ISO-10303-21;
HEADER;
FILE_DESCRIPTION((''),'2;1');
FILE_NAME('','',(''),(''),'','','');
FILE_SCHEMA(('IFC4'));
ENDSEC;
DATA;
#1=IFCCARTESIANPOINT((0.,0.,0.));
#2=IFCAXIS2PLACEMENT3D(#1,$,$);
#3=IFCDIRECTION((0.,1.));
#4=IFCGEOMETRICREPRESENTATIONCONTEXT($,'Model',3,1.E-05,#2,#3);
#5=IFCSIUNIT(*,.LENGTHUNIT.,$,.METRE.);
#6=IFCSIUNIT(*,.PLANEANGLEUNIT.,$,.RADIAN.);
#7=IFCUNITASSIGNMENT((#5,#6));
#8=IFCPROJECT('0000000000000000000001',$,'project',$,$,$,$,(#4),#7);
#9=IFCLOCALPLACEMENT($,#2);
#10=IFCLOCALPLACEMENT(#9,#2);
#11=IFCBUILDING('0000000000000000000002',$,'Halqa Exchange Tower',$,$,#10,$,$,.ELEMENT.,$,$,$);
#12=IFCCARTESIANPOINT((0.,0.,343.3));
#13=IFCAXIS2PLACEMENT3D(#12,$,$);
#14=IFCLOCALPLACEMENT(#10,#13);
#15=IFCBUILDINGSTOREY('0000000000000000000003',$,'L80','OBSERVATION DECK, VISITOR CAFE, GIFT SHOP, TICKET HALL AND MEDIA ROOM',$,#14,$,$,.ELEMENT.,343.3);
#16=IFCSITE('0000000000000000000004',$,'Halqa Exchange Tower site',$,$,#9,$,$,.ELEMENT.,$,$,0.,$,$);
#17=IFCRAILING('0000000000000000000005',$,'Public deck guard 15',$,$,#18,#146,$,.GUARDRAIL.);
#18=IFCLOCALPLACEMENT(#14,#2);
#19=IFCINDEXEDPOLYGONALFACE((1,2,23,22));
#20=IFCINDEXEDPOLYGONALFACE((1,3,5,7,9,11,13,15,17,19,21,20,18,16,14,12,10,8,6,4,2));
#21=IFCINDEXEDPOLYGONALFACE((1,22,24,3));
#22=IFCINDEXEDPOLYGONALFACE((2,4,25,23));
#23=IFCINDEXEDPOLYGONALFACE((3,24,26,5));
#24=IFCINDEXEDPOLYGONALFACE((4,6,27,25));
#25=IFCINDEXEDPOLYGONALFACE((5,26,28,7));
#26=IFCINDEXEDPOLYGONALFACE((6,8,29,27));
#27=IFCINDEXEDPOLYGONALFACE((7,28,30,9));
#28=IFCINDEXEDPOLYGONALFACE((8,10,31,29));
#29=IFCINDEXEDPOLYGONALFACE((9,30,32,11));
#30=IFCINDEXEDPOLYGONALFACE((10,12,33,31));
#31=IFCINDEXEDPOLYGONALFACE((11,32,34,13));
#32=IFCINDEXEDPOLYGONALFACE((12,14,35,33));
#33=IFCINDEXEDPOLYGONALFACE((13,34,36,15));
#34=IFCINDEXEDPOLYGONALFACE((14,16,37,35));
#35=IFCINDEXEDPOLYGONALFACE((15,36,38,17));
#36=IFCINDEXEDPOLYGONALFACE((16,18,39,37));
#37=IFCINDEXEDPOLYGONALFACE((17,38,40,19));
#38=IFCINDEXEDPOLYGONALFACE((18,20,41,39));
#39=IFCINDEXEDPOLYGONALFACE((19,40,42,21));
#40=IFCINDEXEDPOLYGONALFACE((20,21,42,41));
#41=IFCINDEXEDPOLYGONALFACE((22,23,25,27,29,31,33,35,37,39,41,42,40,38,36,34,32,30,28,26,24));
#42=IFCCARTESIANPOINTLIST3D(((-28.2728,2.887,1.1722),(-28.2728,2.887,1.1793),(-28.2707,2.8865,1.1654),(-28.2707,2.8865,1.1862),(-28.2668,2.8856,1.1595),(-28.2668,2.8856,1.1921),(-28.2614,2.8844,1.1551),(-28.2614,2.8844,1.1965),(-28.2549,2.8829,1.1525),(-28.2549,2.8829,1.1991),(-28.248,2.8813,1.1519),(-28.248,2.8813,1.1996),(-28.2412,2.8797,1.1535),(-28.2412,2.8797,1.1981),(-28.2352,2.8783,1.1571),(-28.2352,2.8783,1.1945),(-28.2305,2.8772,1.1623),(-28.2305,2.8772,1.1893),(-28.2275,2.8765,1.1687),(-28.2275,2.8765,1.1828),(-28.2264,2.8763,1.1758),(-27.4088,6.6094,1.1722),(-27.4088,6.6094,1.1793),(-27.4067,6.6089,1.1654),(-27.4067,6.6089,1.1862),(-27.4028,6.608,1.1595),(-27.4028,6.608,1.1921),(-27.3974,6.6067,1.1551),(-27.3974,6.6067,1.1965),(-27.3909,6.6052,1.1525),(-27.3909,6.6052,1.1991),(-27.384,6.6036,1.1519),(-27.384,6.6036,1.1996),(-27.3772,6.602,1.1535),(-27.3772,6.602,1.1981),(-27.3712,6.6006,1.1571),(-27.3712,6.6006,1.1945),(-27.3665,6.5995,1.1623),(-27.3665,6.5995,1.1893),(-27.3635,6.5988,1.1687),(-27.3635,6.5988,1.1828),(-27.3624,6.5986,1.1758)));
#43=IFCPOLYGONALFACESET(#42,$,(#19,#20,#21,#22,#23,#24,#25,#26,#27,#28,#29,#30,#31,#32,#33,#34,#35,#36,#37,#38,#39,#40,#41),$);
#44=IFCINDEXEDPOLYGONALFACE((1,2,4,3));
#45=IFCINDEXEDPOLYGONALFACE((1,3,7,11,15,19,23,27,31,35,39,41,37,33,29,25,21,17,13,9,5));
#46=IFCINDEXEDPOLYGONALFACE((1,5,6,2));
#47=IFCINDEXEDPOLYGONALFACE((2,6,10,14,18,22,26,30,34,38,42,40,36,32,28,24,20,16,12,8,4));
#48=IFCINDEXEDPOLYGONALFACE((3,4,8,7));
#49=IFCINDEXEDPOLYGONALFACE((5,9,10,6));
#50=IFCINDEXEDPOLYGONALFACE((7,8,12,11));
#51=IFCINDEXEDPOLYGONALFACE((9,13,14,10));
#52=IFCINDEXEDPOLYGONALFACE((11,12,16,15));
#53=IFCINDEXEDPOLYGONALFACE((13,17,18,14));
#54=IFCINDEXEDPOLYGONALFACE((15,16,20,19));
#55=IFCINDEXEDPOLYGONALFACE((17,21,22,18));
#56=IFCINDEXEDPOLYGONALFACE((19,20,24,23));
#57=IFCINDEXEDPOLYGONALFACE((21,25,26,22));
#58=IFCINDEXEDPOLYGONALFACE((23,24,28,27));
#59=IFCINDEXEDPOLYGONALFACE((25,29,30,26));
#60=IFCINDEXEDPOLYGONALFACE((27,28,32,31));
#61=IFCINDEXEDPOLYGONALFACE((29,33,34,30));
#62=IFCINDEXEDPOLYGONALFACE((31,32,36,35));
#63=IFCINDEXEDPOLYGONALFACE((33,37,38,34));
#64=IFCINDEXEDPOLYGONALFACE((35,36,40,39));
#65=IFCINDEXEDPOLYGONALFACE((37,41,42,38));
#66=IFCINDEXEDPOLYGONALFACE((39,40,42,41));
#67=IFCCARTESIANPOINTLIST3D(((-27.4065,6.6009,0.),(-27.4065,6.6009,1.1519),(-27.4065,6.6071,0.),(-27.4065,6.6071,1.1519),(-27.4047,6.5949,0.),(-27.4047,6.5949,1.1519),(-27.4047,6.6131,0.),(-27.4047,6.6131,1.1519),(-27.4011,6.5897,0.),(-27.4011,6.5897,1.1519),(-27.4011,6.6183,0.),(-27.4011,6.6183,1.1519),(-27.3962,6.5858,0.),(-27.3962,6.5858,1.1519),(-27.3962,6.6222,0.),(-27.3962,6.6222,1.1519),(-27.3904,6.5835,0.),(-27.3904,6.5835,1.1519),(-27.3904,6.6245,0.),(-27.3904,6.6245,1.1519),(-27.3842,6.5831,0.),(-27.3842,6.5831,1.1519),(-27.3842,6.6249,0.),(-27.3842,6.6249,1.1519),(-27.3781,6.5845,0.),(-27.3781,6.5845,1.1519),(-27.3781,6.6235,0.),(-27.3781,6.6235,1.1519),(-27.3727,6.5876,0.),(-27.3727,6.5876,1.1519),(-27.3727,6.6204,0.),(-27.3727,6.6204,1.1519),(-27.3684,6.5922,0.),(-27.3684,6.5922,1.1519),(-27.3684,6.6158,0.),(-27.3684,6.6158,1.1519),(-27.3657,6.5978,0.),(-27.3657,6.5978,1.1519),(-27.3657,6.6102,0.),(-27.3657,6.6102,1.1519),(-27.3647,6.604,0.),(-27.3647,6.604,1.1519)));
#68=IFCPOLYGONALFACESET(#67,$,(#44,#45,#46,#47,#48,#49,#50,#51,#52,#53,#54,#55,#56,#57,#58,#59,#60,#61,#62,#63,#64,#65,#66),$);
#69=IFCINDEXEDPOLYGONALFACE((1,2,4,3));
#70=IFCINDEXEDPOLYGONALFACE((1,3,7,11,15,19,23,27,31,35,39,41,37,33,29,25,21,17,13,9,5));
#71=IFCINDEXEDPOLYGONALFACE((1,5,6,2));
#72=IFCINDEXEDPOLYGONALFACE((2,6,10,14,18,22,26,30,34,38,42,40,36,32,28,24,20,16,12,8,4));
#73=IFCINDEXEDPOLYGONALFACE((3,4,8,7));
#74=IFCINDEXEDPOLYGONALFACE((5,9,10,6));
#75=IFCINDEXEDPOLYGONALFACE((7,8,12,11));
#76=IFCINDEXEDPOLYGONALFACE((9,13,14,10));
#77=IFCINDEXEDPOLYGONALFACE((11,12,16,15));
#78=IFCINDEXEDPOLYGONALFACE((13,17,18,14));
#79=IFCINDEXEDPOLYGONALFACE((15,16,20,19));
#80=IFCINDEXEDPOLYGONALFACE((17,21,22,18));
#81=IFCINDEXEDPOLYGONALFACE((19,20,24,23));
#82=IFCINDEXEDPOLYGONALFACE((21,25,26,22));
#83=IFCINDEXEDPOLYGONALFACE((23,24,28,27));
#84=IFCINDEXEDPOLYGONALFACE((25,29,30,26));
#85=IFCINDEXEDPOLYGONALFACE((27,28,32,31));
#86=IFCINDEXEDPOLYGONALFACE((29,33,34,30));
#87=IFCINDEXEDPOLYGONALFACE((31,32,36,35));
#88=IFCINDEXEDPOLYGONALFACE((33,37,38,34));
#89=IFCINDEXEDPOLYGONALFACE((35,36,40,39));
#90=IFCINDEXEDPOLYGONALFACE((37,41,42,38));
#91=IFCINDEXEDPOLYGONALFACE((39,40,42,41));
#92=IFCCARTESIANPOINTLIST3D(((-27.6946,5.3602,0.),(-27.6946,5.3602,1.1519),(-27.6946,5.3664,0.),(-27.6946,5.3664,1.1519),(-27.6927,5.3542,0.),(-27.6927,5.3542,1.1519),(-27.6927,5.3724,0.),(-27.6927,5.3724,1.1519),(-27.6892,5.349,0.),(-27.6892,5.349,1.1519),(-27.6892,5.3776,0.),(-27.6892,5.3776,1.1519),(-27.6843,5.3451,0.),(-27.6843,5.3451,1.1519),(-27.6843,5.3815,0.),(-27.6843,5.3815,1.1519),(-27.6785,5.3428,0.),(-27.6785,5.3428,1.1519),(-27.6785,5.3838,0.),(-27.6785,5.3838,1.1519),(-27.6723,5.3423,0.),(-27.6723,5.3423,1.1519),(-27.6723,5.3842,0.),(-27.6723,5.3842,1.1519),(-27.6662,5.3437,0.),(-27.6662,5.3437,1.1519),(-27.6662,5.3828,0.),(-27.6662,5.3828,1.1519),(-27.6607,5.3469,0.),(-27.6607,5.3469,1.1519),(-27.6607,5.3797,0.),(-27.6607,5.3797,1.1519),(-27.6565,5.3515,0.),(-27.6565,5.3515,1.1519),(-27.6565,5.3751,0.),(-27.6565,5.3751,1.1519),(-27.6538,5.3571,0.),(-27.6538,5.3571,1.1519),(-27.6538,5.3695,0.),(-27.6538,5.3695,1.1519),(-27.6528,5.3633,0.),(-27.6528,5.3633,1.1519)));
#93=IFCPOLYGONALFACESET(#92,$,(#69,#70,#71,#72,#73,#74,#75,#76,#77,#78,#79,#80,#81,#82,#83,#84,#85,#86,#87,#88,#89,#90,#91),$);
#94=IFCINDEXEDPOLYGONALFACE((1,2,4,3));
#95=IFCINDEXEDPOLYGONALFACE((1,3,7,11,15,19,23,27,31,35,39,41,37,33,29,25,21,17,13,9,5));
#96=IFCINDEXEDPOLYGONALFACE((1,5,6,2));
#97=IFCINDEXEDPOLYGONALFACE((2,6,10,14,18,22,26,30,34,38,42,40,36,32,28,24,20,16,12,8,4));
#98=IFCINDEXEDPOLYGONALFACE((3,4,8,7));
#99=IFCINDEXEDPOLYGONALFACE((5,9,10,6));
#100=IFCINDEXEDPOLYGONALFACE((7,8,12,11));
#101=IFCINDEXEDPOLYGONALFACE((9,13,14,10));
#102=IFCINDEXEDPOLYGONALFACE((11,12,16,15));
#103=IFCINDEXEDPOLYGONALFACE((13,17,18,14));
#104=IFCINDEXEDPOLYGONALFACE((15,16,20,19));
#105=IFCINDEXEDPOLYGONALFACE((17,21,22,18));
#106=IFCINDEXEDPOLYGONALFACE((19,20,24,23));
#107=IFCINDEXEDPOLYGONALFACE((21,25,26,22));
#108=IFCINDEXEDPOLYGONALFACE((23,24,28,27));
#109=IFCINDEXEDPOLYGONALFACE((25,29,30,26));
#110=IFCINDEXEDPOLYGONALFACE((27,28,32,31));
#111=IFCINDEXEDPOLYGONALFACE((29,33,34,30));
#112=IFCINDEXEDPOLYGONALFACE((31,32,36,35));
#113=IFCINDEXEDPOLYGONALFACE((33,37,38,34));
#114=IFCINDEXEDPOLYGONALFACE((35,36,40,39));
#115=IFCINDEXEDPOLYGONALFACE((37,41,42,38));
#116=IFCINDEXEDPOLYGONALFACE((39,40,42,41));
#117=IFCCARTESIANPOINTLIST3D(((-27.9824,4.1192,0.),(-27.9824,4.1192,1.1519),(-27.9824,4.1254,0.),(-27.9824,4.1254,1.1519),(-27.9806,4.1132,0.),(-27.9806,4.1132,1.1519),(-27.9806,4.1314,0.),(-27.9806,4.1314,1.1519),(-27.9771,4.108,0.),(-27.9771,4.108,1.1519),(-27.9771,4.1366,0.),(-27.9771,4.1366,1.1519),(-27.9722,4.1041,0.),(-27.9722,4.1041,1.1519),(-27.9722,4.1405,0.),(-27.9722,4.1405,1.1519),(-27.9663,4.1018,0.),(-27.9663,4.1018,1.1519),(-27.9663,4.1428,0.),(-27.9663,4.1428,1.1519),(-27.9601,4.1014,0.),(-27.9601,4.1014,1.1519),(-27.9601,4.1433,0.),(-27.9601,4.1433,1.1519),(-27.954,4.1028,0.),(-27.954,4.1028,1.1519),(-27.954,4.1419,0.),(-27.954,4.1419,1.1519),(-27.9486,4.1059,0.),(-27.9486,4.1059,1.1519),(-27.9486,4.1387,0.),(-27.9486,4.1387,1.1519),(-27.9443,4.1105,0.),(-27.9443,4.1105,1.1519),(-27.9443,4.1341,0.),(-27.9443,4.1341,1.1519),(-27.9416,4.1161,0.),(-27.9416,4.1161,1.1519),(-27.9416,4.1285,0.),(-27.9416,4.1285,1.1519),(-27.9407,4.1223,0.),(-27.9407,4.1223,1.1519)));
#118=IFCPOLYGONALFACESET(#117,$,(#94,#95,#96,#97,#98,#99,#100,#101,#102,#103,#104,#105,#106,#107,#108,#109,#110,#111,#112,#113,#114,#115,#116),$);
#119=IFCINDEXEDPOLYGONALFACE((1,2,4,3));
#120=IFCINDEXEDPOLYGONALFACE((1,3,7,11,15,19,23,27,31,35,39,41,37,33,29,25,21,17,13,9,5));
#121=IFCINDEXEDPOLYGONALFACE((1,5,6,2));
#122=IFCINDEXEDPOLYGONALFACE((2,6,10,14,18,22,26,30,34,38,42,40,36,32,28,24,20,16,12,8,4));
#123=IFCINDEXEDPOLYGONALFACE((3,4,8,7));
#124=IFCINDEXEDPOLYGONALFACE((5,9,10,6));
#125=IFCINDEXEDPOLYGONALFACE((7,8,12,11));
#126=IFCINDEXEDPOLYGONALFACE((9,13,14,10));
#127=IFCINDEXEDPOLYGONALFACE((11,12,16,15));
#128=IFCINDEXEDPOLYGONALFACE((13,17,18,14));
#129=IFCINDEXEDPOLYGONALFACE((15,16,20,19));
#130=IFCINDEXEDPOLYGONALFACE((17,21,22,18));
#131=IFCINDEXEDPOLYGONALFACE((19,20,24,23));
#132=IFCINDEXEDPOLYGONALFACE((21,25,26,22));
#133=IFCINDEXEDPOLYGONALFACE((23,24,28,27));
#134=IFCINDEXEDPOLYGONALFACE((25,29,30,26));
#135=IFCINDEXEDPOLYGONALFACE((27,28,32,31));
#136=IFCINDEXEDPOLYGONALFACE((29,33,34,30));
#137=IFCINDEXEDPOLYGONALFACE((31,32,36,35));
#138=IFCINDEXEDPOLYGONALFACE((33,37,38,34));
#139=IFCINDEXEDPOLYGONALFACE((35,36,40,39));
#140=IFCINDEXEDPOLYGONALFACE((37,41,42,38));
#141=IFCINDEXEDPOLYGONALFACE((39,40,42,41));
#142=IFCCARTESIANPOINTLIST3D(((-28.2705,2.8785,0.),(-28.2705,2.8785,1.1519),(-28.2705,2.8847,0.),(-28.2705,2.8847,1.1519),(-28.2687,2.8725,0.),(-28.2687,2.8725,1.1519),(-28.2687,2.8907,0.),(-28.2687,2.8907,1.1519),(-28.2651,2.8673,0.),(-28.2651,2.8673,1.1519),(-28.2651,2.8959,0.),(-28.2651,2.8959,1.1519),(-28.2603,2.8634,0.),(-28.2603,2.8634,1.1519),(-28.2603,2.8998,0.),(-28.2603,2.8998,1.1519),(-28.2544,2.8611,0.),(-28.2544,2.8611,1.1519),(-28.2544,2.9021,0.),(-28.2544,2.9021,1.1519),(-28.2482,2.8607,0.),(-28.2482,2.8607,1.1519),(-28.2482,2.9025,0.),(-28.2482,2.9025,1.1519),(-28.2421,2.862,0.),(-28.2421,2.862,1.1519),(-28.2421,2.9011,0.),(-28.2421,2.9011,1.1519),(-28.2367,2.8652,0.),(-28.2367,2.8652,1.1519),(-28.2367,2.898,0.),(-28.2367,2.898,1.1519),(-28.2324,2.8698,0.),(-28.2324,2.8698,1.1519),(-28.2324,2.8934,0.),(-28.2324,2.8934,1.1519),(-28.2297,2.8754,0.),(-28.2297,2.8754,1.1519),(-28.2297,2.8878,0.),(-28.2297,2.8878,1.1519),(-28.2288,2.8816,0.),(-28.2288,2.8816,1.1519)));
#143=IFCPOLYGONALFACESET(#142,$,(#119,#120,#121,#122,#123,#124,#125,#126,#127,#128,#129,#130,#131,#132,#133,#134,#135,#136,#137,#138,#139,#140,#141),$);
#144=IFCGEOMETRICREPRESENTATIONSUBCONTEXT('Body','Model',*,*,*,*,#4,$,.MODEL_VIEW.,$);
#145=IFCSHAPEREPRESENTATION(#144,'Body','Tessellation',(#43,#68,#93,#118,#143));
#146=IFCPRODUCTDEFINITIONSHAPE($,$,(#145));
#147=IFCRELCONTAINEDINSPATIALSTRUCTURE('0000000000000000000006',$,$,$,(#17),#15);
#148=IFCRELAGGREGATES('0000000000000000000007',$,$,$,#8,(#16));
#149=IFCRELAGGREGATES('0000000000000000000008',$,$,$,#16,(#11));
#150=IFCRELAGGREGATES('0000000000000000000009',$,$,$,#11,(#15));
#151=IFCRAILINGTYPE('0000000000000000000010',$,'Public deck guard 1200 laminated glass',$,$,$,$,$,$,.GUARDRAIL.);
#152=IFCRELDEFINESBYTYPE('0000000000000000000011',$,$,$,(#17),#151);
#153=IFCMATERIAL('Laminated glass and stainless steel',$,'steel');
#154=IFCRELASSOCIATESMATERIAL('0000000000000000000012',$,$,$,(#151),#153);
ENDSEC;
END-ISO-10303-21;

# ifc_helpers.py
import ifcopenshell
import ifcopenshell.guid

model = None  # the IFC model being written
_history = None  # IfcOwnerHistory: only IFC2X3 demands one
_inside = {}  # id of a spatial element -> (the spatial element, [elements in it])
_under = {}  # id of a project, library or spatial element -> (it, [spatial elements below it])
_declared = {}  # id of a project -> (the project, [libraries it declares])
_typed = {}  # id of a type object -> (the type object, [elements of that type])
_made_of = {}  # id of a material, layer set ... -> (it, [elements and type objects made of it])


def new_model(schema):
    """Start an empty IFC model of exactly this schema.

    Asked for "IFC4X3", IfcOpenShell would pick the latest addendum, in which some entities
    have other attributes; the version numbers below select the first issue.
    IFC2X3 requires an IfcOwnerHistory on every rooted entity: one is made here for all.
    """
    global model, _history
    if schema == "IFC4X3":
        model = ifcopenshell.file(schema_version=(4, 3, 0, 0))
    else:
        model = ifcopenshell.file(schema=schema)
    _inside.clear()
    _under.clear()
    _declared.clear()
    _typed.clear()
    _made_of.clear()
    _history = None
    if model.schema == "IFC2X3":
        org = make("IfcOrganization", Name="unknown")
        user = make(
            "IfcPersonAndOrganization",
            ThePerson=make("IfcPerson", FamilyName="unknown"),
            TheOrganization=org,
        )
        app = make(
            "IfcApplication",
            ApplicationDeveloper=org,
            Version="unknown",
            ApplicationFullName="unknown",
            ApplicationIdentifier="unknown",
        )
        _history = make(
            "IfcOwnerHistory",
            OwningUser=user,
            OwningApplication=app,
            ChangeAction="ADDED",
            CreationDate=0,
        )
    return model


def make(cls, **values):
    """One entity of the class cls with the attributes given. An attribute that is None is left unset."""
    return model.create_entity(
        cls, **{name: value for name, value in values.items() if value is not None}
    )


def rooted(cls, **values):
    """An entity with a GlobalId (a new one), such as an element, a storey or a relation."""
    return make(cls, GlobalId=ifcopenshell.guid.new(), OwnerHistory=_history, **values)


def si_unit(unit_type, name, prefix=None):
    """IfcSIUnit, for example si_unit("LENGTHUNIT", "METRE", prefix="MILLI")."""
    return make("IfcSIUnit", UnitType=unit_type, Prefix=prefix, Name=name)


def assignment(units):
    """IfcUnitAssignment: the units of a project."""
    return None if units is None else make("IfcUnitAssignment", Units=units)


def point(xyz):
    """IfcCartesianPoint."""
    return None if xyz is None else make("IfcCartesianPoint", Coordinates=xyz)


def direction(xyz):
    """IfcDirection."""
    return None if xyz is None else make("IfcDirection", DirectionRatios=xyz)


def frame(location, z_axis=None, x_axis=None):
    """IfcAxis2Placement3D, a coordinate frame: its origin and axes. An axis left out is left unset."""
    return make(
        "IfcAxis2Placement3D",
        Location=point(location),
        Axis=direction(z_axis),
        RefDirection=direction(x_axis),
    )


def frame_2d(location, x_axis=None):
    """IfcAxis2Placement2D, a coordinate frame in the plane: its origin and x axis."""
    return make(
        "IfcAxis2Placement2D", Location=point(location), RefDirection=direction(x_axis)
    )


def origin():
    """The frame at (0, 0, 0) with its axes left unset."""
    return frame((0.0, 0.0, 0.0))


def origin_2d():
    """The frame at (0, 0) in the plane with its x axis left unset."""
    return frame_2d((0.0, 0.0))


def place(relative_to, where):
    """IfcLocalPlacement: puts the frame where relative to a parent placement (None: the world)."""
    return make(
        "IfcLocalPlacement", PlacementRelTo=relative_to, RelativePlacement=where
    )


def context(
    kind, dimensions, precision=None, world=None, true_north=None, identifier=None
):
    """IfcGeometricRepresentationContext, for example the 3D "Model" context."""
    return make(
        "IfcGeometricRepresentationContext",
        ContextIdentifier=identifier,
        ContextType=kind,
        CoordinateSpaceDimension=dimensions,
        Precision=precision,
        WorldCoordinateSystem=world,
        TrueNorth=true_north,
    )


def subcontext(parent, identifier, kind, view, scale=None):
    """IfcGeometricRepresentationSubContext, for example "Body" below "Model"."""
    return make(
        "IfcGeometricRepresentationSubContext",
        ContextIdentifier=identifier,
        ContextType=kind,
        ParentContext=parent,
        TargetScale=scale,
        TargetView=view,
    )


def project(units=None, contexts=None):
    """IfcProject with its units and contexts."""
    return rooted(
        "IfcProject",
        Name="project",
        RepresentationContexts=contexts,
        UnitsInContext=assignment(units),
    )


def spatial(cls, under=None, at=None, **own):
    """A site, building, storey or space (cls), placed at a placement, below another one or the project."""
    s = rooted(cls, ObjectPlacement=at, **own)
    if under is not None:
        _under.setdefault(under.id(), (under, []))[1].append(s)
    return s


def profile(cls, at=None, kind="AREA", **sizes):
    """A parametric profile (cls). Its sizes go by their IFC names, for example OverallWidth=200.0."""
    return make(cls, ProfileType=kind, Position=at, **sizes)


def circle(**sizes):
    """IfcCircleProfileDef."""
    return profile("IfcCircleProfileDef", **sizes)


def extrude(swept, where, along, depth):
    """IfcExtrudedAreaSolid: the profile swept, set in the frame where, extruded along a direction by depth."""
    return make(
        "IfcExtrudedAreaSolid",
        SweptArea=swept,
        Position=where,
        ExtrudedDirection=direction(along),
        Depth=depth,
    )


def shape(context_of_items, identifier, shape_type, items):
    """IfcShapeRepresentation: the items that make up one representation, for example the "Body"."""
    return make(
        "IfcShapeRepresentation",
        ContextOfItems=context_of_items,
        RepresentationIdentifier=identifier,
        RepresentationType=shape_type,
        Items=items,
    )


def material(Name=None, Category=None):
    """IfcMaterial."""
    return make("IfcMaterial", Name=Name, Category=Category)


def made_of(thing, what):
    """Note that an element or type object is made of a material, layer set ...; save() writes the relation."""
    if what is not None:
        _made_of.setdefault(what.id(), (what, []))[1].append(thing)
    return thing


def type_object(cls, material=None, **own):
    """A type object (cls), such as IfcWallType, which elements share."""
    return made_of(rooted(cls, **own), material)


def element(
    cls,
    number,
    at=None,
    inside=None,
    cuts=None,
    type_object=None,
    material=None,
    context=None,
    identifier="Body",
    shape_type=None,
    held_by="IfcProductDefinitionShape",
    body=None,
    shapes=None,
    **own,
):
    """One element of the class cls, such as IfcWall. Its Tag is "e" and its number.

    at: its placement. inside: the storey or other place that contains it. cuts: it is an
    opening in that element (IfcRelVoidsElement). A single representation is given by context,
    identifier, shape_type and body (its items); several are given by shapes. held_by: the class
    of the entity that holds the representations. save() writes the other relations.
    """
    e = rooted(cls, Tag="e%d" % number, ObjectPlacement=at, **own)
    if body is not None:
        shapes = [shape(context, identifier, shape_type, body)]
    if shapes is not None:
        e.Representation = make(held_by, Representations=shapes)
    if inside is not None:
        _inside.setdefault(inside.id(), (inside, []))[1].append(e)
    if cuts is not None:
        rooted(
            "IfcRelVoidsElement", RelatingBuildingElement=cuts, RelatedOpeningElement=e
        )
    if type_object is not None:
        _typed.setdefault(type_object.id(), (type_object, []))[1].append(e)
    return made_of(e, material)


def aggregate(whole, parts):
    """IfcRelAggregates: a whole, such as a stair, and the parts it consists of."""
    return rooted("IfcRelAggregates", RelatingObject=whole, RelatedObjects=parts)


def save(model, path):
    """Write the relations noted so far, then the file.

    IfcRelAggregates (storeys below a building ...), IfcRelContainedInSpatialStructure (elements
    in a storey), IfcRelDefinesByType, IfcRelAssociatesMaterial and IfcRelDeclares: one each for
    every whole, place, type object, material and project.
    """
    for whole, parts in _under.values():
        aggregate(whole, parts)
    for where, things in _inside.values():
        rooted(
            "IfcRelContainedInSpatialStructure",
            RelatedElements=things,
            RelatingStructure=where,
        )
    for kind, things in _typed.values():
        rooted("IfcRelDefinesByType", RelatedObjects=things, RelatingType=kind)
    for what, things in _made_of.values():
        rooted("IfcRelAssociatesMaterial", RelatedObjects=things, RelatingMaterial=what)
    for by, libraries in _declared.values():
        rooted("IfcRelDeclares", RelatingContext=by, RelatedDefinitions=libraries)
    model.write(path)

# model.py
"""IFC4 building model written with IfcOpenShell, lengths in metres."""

from ifc_helpers import new_model, si_unit, direction, frame, origin, origin_2d, place, context, subcontext, project, spatial, circle, extrude, material, type_object, element, save


model = new_model("IFC4")

# Units and contexts
model_context = context("Model", 3, precision=1e-05, world=origin(), true_north=direction((0.0, 1.0)))
body_context = subcontext(model_context, "Body", "Model", "MODEL_VIEW")
ifc_project = project(units=[si_unit("LENGTHUNIT", "METRE"), si_unit("PLANEANGLEUNIT", "RADIAN")], contexts=[model_context])

# Site, building, storey
site_placement = place(None, origin())
site = spatial("IfcSite", under=ifc_project, at=site_placement, Name="Halqa Exchange Tower site", CompositionType="ELEMENT", RefElevation=0.0)
building_placement = place(site_placement, origin())
building = spatial("IfcBuilding", under=site, at=building_placement, Name="Halqa Exchange Tower", CompositionType="ELEMENT")
storey_placement = place(building_placement, frame((0.0, 0.0, 343.3)))
storey = spatial("IfcBuildingStorey", under=building, at=storey_placement, Name="L80", Description="OBSERVATION DECK, VISITOR CAFE, GIFT SHOP, TICKET HALL AND MEDIA ROOM", CompositionType="ELEMENT", Elevation=343.3)

# Railing
ifc_material_1 = material(Name="Laminated glass and stainless steel", Category="steel")
railing_type = type_object("IfcRailingType", Name="Public deck guard 1200 laminated glass", PredefinedType="GUARDRAIL", material=ifc_material_1)
railing_1_placement = place(storey_placement, frame((-27.3857, 6.604, 0.0)))
element("IfcRailing", 1, at=railing_1_placement, inside=storey, type_object=railing_type, Name="Public deck guard 15", PredefinedType="GUARDRAIL", context=body_context, shape_type="SweptSolid", body=[
    extrude(circle(Radius=0.0239, at=origin_2d()), frame((0.0, 0.0, 1.1758), z_axis=(-0.2261, -0.974104, 0.0), x_axis=(0.974104, -0.2261, 0.0)), (0.0, 0.0, 1.0), 3.8213),
    extrude(circle(Radius=0.021, at=origin_2d()), origin(), (0.0, 0.0, 1.0), 1.1519),
    extrude(circle(Radius=0.021, at=origin_2d()), frame((-0.2881, -1.2407, 0.0)), (0.0, 0.0, 1.0), 1.1519),
    extrude(circle(Radius=0.021, at=origin_2d()), frame((-0.5759, -2.4817, 0.0)), (0.0, 0.0, 1.0), 1.1519),
    extrude(circle(Radius=0.021, at=origin_2d()), frame((-0.864, -3.7224, 0.0)), (0.0, 0.0, 1.0), 1.1519),
])

save(model, "model.ifc")
